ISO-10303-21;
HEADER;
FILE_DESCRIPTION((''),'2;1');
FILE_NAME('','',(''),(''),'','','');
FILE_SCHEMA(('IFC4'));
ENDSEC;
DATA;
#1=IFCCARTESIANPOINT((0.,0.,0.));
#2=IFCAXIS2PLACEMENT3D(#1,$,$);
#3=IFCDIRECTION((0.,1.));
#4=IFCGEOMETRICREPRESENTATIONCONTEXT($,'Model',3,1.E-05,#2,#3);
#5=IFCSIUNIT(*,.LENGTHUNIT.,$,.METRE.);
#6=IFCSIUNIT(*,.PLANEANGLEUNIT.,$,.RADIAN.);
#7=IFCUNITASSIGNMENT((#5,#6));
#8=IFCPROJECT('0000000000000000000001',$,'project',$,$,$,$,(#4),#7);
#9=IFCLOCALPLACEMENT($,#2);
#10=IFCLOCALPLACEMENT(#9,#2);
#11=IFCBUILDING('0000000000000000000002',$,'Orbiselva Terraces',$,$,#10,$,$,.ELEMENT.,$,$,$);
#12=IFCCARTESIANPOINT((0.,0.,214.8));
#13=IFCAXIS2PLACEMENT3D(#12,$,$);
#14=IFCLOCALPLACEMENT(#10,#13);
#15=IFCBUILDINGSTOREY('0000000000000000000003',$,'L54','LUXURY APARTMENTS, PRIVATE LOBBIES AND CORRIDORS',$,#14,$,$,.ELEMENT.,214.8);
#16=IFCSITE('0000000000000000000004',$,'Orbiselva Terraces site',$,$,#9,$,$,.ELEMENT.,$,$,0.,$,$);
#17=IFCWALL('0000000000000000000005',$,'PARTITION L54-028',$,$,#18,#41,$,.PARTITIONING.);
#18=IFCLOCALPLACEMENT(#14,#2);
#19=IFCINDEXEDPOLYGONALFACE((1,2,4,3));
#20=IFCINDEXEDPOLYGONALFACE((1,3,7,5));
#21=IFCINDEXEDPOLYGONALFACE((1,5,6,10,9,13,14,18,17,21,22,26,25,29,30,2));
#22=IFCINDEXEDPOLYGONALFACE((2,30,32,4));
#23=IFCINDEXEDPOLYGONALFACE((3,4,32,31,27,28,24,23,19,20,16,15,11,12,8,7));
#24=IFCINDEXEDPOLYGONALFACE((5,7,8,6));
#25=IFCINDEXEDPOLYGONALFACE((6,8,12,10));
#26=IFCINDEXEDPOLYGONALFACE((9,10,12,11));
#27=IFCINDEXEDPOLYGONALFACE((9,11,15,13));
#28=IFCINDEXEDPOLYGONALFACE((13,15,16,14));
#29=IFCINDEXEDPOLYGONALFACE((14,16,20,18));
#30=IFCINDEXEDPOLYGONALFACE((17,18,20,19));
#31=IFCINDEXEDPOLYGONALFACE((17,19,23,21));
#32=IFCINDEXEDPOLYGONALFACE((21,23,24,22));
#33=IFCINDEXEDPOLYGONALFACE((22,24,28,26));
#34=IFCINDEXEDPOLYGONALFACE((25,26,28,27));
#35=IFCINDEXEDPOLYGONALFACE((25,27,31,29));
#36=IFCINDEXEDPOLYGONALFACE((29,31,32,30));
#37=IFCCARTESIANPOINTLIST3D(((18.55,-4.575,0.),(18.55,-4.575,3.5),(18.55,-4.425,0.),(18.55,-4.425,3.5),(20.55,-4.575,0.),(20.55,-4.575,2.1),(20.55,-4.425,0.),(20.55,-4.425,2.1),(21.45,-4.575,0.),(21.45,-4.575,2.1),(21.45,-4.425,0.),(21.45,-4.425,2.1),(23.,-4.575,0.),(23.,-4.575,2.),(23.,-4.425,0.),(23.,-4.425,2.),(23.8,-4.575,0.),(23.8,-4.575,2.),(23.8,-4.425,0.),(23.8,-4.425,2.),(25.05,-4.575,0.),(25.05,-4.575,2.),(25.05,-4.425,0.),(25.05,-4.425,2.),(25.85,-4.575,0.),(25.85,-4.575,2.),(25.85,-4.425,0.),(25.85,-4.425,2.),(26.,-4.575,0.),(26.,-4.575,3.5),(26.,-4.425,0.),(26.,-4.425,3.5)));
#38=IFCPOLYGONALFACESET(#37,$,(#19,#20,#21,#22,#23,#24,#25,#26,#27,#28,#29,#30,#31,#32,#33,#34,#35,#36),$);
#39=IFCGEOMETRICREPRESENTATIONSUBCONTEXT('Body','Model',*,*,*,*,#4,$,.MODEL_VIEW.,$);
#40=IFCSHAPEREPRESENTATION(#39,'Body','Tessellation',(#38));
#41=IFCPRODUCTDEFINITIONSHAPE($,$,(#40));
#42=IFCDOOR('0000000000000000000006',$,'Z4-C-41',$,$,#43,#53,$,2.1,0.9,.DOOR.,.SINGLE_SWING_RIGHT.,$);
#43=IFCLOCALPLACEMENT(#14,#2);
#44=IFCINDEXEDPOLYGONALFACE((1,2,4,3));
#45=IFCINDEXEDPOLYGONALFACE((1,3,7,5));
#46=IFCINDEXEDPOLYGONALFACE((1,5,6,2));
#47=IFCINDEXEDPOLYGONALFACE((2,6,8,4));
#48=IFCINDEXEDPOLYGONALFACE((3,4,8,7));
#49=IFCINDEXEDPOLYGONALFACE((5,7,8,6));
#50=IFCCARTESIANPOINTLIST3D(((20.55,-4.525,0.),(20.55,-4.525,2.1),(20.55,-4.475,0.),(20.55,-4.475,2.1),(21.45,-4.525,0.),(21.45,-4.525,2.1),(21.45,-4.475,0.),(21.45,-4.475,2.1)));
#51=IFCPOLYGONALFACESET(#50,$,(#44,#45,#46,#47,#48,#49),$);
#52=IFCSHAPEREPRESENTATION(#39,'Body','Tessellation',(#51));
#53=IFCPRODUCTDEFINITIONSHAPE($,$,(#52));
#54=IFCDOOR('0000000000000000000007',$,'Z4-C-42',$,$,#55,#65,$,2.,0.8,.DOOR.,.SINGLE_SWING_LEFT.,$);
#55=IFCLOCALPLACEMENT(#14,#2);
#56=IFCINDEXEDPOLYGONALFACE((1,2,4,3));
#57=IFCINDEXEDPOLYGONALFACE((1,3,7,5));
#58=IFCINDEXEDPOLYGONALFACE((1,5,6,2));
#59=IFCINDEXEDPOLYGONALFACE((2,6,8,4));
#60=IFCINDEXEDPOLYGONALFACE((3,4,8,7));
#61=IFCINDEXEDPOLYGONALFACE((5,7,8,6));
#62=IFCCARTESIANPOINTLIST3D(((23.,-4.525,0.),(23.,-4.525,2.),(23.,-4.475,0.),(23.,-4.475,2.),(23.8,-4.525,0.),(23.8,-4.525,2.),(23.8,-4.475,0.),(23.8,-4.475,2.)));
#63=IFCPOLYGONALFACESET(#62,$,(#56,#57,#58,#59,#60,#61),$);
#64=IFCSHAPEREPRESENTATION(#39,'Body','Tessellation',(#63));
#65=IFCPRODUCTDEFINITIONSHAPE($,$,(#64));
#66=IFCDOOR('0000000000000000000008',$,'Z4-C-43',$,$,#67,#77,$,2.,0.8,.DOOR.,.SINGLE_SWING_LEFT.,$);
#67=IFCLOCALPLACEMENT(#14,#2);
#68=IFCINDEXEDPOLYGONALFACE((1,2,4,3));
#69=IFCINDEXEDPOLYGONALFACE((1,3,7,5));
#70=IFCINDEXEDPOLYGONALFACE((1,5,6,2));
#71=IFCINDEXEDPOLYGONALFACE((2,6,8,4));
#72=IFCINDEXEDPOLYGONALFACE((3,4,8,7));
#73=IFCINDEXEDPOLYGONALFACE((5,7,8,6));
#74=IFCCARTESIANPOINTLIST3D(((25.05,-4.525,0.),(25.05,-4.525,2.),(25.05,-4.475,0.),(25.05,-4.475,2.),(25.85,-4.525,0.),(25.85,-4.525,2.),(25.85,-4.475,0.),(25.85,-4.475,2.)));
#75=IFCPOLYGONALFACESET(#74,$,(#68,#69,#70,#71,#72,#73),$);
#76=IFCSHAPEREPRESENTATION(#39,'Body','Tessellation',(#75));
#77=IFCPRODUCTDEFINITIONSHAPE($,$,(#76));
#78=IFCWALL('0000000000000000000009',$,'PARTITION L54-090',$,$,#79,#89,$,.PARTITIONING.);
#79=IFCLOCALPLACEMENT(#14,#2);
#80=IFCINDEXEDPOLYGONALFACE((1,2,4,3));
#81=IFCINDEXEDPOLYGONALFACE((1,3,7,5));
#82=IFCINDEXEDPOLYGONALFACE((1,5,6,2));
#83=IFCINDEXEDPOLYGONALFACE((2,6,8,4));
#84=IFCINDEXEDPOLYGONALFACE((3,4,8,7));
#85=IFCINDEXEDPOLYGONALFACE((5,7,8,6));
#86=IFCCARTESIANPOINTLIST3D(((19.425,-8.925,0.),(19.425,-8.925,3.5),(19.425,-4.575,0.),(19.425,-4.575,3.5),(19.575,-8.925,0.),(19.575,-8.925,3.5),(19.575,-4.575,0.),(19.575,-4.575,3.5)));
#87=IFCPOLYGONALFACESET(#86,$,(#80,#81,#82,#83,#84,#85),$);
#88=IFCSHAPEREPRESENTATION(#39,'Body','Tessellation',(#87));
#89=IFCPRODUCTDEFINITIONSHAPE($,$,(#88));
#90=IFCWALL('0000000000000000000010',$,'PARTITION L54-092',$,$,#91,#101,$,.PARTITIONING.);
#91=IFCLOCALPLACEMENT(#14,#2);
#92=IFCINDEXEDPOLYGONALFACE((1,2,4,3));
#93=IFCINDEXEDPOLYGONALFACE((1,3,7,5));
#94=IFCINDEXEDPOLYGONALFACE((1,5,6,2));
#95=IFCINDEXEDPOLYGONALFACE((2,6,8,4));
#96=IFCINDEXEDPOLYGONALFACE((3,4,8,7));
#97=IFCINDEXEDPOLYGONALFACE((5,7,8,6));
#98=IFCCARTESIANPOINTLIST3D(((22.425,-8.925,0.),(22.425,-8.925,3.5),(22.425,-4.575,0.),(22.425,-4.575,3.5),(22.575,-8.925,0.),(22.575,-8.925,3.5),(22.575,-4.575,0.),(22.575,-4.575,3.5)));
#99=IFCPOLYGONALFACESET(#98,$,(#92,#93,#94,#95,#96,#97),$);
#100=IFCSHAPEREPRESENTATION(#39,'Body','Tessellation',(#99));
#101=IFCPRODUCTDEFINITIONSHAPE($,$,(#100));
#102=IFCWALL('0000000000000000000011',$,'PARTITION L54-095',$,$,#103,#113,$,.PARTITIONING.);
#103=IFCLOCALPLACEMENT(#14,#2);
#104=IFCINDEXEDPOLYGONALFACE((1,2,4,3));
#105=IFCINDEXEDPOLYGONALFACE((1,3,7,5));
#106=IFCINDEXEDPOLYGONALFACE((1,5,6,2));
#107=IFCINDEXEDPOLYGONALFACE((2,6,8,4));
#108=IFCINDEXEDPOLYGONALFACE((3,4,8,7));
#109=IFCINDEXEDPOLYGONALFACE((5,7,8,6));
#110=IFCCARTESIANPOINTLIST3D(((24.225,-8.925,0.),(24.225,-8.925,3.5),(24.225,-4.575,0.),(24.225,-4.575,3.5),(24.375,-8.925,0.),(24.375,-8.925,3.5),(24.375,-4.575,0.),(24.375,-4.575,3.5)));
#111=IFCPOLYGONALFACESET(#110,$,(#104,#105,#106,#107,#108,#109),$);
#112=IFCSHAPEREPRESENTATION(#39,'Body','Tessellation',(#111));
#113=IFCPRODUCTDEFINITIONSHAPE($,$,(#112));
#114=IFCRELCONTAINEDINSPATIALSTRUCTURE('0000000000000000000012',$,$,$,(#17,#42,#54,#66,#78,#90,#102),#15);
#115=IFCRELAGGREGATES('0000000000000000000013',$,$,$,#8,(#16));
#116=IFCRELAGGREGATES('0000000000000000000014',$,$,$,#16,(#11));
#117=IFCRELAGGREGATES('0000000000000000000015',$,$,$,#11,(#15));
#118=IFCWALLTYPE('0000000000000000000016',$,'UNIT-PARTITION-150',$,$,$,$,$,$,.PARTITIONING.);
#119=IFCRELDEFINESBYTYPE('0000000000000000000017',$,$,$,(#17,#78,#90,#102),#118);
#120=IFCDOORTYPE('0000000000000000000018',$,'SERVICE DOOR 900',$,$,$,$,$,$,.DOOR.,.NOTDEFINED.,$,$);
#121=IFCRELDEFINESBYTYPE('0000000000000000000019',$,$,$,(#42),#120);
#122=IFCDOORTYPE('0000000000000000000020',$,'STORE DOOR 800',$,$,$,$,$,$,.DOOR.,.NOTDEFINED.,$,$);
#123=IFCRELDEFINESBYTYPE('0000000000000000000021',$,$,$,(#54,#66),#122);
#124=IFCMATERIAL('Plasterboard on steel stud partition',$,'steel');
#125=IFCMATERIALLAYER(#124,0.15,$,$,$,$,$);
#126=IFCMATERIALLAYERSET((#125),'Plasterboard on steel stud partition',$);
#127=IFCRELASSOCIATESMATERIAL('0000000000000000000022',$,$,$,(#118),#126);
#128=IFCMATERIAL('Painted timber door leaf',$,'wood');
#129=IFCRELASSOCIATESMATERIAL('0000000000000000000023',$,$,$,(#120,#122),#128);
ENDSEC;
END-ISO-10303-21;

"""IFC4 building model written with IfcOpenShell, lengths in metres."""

from ifc_helpers import new_model, si_unit, direction, frame, frame_2d, origin, place, context, subcontext, project, spatial, rectangle, extrude, material, layer, layer_set, type_object, element, fill, save


model = new_model("IFC4")

# Units and contexts
model_context = context("Model", 3, precision=1e-05, world=origin(), true_north=direction((0.0, 1.0)))
body_context = subcontext(model_context, "Body", "Model", "MODEL_VIEW")
ifc_project = project(units=[si_unit("LENGTHUNIT", "METRE"), si_unit("PLANEANGLEUNIT", "RADIAN")], contexts=[model_context])

# Site, building, storey
site_placement = place(None, origin())
site = spatial("IfcSite", under=ifc_project, at=site_placement, Name="Orbiselva Terraces site", CompositionType="ELEMENT", RefElevation=0.0)
building_placement = place(site_placement, origin())
building = spatial("IfcBuilding", under=site, at=building_placement, Name="Orbiselva Terraces", CompositionType="ELEMENT")
storey_placement = place(building_placement, frame((0.0, 0.0, 214.8)))
storey = spatial("IfcBuildingStorey", under=building, at=storey_placement, Name="L54", Description="LUXURY APARTMENTS, PRIVATE LOBBIES AND CORRIDORS", CompositionType="ELEMENT", Elevation=214.8)

# Shared definitions
ifc_material_1 = material(Name="Plasterboard on steel stud partition", Category="steel")
ifc_layer_1 = layer(ifc_material_1, 0.15)
ifc_layer_set_1 = layer_set([ifc_layer_1], Name="Plasterboard on steel stud partition")
wall_type_1 = type_object("IfcWallType", Name="UNIT-PARTITION-150", PredefinedType="PARTITIONING", material=ifc_layer_set_1)
ifc_material_2 = material(Name="Painted timber door leaf", Category="wood")

# Wall, openings, doors
wall_1_placement = place(storey_placement, frame((26.0, -4.5, 0.0), z_axis=(0.0, 0.0, 1.0), x_axis=(-1.0, 0.0, 0.0)))
wall_1 = element("IfcWall", 1, at=wall_1_placement, inside=storey, type_object=wall_type_1, Name="PARTITION L54-028", PredefinedType="PARTITIONING", context=body_context, shape_type="SweptSolid", body=[
    extrude(rectangle(XDim=7.45, YDim=0.15, at=frame_2d((3.725, 0.0))), origin(), (0.0, 0.0, 1.0), 3.5),
])
opening_1_placement = place(wall_1_placement, frame((4.55, 0.0, 0.0)))
opening_1 = element("IfcOpeningElement", 2, at=opening_1_placement, cuts=wall_1, PredefinedType="OPENING", context=body_context, shape_type="SweptSolid", body=[
    extrude(rectangle(XDim=0.9, YDim=2.1, at=frame_2d((0.45, 1.05))), frame((0.0, 0.085, 0.0), z_axis=(0.0, -1.0, 0.0), x_axis=(1.0, 0.0, 0.0)), (0.0, 0.0, 1.0), 0.17),
])
opening_2_placement = place(wall_1_placement, frame((2.2, 0.0, 0.0)))
opening_2 = element("IfcOpeningElement", 3, at=opening_2_placement, cuts=wall_1, PredefinedType="OPENING", context=body_context, shape_type="SweptSolid", body=[
    extrude(rectangle(XDim=0.8, YDim=2.0, at=frame_2d((0.4, 1.0))), frame((0.0, 0.085, 0.0), z_axis=(0.0, -1.0, 0.0), x_axis=(1.0, 0.0, 0.0)), (0.0, 0.0, 1.0), 0.17),
])
opening_3_placement = place(wall_1_placement, frame((0.15, 0.0, 0.0)))
opening_3 = element("IfcOpeningElement", 4, at=opening_3_placement, cuts=wall_1, PredefinedType="OPENING", context=body_context, shape_type="SweptSolid", body=[
    extrude(rectangle(XDim=0.8, YDim=2.0, at=frame_2d((0.4, 1.0))), frame((0.0, 0.085, 0.0), z_axis=(0.0, -1.0, 0.0), x_axis=(1.0, 0.0, 0.0)), (0.0, 0.0, 1.0), 0.17),
])
door_type_1 = type_object("IfcDoorType", Name="SERVICE DOOR 900", OperationType="NOTDEFINED", PredefinedType="DOOR", material=ifc_material_2)
door_1_placement = place(opening_1_placement, origin())
door_1 = element("IfcDoor", 5, at=door_1_placement, inside=storey, type_object=door_type_1, Name="Z4-C-41", OperationType="SINGLE_SWING_RIGHT", OverallHeight=2.1, OverallWidth=0.9, PredefinedType="DOOR", context=body_context, shape_type="SweptSolid", body=[
    extrude(rectangle(XDim=0.9, YDim=2.1, at=frame_2d((0.45, 1.05))), frame((0.0, 0.025, 0.0), z_axis=(0.0, -1.0, 0.0), x_axis=(1.0, 0.0, 0.0)), (0.0, 0.0, 1.0), 0.05),
])
fill(opening_1, door_1)
door_type_2 = type_object("IfcDoorType", Name="STORE DOOR 800", OperationType="NOTDEFINED", PredefinedType="DOOR", material=ifc_material_2)
door_2_placement = place(opening_2_placement, origin())
door_2 = element("IfcDoor", 6, at=door_2_placement, inside=storey, type_object=door_type_2, Name="Z4-C-42", OperationType="SINGLE_SWING_LEFT", OverallHeight=2.0, OverallWidth=0.8, PredefinedType="DOOR", context=body_context, shape_type="SweptSolid", body=[
    extrude(rectangle(XDim=0.8, YDim=2.0, at=frame_2d((0.4, 1.0))), frame((0.0, 0.025, 0.0), z_axis=(0.0, -1.0, 0.0), x_axis=(1.0, 0.0, 0.0)), (0.0, 0.0, 1.0), 0.05),
])
fill(opening_2, door_2)
door_3_placement = place(opening_3_placement, origin())
door_3 = element("IfcDoor", 7, at=door_3_placement, inside=storey, type_object=door_type_2, Name="Z4-C-43", OperationType="SINGLE_SWING_LEFT", OverallHeight=2.0, OverallWidth=0.8, PredefinedType="DOOR", context=body_context, shape_type="SweptSolid", body=[
    extrude(rectangle(XDim=0.8, YDim=2.0, at=frame_2d((0.4, 1.0))), frame((0.0, 0.025, 0.0), z_axis=(0.0, -1.0, 0.0), x_axis=(1.0, 0.0, 0.0)), (0.0, 0.0, 1.0), 0.05),
])
fill(opening_3, door_3)

# Walls
for number, where, z_axis, x_axis, name in (
    (8, (19.5, -8.925, 0.0), (0.0, 0.0, 1.0), (0.0, 1.0, 0.0), "PARTITION L54-090"),
    (9, (22.5, -8.925, 0.0), (0.0, 0.0, 1.0), (0.0, 1.0, 0.0), "PARTITION L54-092"),
    (10, (24.3, -8.925, 0.0), (0.0, 0.0, 1.0), (0.0, 1.0, 0.0), "PARTITION L54-095"),
):
    element("IfcWall", number, at=place(storey_placement, frame(where, z_axis=z_axis, x_axis=x_axis)), inside=storey, type_object=wall_type_1, Name=name, PredefinedType="PARTITIONING", context=body_context, shape_type="SweptSolid", body=[
        extrude(rectangle(XDim=4.35, YDim=0.15, at=frame_2d((2.175, 0.0))), origin(), (0.0, 0.0, 1.0), 3.5),
    ])

save(model, "model.ifc")
